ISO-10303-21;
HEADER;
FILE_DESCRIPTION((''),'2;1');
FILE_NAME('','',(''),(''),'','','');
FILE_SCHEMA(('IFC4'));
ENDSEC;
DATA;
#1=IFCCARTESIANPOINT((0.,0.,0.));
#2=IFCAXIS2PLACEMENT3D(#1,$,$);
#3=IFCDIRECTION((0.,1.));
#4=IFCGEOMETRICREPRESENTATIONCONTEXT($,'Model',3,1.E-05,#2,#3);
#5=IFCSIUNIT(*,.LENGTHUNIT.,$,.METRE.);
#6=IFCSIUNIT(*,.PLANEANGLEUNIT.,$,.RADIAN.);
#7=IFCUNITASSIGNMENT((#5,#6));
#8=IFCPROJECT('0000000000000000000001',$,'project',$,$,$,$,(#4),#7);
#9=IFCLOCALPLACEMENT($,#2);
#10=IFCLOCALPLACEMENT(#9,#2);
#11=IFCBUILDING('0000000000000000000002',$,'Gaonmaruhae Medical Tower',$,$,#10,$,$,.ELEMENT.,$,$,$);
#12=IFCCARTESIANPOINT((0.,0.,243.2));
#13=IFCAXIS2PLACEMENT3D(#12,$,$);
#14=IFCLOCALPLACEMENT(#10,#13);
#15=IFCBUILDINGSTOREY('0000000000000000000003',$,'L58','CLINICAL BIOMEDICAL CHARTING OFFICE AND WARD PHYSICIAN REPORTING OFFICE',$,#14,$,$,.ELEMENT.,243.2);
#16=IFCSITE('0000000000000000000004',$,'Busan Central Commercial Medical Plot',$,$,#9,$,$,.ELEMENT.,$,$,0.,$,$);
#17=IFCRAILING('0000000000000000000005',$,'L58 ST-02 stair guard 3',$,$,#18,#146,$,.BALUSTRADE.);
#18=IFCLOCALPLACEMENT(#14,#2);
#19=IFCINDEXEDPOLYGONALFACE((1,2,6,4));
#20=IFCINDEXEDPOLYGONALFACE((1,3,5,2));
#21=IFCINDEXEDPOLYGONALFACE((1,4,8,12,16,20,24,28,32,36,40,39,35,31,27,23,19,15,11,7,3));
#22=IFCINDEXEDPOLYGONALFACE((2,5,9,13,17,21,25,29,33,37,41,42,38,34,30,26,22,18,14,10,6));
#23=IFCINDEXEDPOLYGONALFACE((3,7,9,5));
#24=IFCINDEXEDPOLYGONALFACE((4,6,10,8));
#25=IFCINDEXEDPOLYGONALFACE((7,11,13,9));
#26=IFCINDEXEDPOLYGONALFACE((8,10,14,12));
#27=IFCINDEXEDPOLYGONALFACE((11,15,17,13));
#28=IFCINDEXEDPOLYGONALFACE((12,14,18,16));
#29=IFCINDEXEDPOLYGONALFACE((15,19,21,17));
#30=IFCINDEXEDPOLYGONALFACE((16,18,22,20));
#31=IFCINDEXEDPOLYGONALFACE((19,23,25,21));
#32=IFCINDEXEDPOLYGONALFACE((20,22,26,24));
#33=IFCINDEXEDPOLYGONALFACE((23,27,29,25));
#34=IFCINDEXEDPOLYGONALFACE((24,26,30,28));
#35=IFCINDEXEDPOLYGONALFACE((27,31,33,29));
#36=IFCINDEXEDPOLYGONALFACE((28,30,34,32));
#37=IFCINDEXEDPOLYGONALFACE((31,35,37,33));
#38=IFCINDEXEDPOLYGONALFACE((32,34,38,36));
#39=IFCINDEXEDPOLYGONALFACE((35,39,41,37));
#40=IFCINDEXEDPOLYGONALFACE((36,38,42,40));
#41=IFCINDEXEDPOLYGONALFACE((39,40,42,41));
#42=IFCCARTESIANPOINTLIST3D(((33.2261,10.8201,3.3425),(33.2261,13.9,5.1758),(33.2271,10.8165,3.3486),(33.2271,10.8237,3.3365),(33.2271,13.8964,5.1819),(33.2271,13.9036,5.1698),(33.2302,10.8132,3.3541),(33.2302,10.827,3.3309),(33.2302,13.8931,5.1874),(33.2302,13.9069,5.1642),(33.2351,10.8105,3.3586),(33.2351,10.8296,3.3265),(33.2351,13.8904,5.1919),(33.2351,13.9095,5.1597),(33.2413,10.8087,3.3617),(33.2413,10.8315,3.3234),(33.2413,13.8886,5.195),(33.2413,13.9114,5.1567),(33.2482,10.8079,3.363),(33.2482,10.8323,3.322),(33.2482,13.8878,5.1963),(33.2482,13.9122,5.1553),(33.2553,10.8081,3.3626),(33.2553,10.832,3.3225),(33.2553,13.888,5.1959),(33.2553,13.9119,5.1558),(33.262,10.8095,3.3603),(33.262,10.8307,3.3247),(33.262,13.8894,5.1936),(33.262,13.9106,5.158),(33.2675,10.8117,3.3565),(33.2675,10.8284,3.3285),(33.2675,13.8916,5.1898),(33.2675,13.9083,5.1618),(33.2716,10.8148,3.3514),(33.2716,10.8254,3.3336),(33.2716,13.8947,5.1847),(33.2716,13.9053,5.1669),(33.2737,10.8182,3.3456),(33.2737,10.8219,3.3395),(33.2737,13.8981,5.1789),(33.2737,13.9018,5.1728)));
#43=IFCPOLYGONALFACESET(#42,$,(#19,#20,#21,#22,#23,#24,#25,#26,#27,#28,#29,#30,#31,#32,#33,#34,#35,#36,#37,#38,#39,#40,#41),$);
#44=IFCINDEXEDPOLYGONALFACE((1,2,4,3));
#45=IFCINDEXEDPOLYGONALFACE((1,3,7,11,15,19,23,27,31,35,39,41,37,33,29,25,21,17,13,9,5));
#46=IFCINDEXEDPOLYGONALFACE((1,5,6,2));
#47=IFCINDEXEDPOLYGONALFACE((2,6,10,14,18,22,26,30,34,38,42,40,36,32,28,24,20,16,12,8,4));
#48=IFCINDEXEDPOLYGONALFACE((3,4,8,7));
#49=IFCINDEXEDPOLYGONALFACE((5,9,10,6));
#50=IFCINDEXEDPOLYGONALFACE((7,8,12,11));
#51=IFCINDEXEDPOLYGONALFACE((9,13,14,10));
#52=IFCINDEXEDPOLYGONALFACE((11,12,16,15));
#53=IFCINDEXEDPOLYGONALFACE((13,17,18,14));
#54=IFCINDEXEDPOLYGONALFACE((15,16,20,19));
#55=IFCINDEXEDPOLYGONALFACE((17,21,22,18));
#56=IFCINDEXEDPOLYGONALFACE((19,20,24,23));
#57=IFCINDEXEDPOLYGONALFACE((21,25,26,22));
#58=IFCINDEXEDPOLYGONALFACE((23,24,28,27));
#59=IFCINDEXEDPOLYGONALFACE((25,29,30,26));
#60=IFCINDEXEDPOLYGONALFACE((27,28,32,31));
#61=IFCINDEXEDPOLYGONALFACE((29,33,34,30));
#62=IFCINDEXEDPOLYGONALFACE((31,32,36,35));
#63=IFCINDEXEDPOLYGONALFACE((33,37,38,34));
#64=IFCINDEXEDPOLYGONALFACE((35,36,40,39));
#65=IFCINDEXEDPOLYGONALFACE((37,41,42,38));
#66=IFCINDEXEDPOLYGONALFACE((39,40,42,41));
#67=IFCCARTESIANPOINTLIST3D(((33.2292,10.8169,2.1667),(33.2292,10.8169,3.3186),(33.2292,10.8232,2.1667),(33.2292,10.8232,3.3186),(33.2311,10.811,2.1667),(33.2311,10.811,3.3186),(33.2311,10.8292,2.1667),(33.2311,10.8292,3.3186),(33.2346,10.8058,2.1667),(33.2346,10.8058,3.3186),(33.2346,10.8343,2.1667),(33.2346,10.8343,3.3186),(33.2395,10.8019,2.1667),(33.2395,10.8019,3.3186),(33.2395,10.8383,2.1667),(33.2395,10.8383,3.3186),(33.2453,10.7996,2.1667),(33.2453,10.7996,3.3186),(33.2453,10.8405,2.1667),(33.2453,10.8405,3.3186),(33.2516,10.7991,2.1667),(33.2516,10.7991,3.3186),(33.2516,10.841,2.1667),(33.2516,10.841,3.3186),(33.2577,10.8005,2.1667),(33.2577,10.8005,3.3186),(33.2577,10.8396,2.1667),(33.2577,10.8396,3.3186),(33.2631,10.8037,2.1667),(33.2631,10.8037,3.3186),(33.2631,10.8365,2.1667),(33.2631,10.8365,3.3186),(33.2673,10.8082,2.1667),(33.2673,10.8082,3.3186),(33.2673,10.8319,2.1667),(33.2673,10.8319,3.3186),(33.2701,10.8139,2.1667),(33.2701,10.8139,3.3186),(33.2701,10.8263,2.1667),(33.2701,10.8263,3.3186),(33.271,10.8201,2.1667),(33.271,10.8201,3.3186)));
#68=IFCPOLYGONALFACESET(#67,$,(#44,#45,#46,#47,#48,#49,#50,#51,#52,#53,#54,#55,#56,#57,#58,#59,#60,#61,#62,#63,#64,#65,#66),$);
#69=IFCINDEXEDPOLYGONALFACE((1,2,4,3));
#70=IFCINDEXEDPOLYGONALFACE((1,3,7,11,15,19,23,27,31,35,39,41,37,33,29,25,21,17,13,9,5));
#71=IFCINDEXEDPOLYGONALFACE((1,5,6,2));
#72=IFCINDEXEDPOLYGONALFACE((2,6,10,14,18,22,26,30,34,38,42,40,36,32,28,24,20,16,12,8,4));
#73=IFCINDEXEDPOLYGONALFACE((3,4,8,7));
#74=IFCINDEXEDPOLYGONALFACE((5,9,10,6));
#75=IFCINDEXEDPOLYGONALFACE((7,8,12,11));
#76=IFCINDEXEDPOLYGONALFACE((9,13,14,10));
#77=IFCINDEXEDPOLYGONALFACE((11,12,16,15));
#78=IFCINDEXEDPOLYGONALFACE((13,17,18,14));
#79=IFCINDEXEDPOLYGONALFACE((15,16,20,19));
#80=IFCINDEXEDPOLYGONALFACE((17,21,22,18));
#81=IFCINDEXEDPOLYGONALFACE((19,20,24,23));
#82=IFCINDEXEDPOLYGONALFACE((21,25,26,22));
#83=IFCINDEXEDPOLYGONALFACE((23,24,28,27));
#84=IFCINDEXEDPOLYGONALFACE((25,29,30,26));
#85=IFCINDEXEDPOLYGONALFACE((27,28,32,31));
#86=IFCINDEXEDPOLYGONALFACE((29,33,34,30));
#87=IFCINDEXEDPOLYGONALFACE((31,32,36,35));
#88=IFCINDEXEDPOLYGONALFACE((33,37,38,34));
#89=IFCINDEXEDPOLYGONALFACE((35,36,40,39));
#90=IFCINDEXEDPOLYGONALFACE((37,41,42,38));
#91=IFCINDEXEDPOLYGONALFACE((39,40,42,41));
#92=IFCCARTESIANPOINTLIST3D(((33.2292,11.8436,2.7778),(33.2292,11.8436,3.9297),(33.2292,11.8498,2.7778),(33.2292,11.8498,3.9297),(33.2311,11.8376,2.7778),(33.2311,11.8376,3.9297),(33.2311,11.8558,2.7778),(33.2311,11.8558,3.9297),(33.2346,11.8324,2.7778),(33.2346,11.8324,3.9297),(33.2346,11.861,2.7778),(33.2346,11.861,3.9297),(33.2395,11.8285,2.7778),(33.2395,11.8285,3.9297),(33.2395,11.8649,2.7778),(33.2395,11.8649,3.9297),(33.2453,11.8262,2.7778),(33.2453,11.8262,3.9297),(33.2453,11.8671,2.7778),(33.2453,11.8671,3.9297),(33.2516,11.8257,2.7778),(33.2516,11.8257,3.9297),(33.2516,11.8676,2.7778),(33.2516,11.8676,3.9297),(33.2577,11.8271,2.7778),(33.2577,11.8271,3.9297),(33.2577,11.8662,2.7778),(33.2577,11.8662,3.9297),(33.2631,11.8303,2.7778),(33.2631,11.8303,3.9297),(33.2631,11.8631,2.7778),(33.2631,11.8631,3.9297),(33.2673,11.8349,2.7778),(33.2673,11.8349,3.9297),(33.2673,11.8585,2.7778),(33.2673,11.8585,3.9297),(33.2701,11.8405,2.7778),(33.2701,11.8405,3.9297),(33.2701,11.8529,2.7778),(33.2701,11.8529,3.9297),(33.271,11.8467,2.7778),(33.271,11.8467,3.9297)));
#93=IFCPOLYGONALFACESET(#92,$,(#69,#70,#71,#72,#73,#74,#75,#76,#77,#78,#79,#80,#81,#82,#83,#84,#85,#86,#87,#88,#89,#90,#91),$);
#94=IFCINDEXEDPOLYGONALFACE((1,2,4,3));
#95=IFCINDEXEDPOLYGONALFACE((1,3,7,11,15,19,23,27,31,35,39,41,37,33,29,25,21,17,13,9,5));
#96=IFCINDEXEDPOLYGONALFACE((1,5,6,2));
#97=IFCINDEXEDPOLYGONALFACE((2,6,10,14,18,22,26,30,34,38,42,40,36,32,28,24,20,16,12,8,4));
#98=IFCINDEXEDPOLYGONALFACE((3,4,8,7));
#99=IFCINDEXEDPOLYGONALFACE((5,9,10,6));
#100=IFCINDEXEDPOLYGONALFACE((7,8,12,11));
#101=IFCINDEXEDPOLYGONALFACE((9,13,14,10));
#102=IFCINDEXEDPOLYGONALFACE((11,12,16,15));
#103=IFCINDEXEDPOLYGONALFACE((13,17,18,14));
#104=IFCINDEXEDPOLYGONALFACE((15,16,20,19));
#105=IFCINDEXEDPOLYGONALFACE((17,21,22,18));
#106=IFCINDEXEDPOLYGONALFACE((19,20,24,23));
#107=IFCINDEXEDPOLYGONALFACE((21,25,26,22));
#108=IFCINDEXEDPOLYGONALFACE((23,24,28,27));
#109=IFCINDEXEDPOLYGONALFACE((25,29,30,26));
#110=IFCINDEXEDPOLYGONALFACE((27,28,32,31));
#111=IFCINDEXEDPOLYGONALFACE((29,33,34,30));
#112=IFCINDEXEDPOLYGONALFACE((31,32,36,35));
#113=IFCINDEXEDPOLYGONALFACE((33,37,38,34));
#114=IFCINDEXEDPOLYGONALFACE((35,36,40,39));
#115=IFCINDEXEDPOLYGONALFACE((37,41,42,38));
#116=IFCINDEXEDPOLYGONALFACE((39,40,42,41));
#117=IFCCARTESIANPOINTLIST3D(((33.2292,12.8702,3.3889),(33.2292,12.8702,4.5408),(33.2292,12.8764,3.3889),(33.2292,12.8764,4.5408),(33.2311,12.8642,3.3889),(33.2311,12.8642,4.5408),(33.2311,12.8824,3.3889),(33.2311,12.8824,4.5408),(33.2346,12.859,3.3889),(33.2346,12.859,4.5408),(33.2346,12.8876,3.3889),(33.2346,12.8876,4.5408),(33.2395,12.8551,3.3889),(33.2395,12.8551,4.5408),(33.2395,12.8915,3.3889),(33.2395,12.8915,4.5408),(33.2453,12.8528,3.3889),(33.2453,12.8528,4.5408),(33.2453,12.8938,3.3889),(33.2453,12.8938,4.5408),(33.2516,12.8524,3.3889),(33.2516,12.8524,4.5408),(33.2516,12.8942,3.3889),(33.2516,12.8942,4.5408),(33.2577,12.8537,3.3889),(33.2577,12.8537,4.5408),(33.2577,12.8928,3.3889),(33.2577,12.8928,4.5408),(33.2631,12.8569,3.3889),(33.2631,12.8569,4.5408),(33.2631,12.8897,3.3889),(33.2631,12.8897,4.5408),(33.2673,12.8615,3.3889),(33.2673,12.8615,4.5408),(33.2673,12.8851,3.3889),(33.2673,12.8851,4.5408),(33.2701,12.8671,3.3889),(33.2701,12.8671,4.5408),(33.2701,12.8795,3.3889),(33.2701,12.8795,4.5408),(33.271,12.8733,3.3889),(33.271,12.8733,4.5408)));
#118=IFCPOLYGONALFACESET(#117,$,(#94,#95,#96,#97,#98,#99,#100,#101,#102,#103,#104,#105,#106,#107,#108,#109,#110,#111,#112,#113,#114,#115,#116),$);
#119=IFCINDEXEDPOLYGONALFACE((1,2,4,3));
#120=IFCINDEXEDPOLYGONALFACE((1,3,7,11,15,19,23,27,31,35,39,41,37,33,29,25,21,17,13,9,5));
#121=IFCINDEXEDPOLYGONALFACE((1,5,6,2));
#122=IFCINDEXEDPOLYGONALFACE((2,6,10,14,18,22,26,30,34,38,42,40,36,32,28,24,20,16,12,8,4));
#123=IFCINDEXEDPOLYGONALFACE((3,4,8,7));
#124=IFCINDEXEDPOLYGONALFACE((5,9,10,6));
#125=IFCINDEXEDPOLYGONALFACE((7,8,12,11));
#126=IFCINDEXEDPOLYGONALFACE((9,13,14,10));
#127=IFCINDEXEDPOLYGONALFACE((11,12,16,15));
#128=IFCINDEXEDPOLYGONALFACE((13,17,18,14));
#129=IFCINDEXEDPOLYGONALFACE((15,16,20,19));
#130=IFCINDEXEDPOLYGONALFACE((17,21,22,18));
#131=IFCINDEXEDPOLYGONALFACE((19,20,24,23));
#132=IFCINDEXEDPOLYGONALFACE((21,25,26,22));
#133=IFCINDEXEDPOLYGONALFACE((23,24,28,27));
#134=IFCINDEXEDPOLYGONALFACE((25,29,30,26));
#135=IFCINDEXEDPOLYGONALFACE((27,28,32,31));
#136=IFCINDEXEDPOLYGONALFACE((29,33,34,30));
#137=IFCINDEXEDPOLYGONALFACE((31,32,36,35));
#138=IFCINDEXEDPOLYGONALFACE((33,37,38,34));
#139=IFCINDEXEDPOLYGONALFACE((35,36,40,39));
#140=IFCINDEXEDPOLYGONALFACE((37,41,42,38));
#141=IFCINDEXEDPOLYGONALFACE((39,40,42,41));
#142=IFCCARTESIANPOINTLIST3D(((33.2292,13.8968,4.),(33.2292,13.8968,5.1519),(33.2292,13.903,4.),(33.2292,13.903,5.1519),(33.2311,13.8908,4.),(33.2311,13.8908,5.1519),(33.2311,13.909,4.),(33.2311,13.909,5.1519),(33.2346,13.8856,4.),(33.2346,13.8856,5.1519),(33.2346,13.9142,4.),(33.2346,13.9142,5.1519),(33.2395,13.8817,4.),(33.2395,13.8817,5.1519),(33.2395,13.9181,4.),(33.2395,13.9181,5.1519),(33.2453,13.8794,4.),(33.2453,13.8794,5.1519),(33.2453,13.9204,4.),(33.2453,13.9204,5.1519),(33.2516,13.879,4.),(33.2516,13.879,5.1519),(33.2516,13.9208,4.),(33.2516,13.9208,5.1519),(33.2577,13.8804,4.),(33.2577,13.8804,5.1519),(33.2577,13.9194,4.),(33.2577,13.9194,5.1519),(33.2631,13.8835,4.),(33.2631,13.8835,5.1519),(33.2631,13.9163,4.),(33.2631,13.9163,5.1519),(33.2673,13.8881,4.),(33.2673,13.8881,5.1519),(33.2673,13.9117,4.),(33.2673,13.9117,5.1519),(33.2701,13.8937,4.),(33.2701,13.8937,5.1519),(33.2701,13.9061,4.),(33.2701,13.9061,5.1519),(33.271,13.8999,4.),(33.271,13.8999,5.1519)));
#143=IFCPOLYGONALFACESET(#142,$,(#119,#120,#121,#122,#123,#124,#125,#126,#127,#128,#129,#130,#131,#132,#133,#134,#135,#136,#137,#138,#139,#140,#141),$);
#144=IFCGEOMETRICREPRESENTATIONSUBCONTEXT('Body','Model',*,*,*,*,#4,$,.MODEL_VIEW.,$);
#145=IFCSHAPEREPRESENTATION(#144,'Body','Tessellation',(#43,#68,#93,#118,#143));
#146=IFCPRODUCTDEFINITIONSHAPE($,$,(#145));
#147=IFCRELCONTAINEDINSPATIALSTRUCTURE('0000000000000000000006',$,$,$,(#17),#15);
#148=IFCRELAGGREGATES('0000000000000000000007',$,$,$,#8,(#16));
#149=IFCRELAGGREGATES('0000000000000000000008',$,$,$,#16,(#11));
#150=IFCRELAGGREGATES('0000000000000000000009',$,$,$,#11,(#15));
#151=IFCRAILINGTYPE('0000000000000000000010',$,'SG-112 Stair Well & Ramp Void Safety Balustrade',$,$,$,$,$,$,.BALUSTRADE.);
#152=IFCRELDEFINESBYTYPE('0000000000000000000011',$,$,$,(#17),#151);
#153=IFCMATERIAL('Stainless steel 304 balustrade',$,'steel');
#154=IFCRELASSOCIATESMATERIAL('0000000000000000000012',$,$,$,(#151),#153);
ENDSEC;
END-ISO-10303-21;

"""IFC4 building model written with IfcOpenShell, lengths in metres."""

from ifc_helpers import new_model, si_unit, direction, frame, origin, origin_2d, place, context, subcontext, project, spatial, circle, extrude, material, type_object, element, save


model = new_model("IFC4")

# Units and contexts
model_context = context("Model", 3, precision=1e-05, world=origin(), true_north=direction((0.0, 1.0)))
body_context = subcontext(model_context, "Body", "Model", "MODEL_VIEW")
ifc_project = project(units=[si_unit("LENGTHUNIT", "METRE"), si_unit("PLANEANGLEUNIT", "RADIAN")], contexts=[model_context])

# Site, building, storey
site_placement = place(None, origin())
site = spatial("IfcSite", under=ifc_project, at=site_placement, Name="Busan Central Commercial Medical Plot", CompositionType="ELEMENT", RefElevation=0.0)
building_placement = place(site_placement, origin())
building = spatial("IfcBuilding", under=site, at=building_placement, Name="Gaonmaruhae Medical Tower", CompositionType="ELEMENT")
storey_placement = place(building_placement, frame((0.0, 0.0, 243.2)))
storey = spatial("IfcBuildingStorey", under=building, at=storey_placement, Name="L58", Description="CLINICAL BIOMEDICAL CHARTING OFFICE AND WARD PHYSICIAN REPORTING OFFICE", CompositionType="ELEMENT", Elevation=243.2)

# Railing
ifc_material_1 = material(Name="Stainless steel 304 balustrade", Category="steel")
railing_type_1 = type_object("IfcRailingType", Name="SG-112 Stair Well & Ramp Void Safety Balustrade", PredefinedType="BALUSTRADE", material=ifc_material_1)
railing_1_placement = place(storey_placement, frame((33.25, 10.8201, 2.1667)))
element("IfcRailing", 1, at=railing_1_placement, inside=storey, type_object=railing_type_1, Name="L58 ST-02 stair guard 3", PredefinedType="BALUSTRADE", context=body_context, shape_type="SweptSolid", body=[
    extrude(circle(Radius=0.0239, at=origin_2d()), frame((0.0, 0.0, 1.1758), z_axis=(0.0, 0.859291, 0.511487), x_axis=(-1.0, 0.0, 0.0)), (0.0, 0.0, 1.0), 3.5842),
    extrude(circle(Radius=0.021, at=origin_2d()), origin(), (0.0, 0.0, 1.0), 1.1519),
    extrude(circle(Radius=0.021, at=origin_2d()), frame((0.0, 1.0266, 0.6111)), (0.0, 0.0, 1.0), 1.1519),
    extrude(circle(Radius=0.021, at=origin_2d()), frame((0.0, 2.0532, 1.2222)), (0.0, 0.0, 1.0), 1.1519),
    extrude(circle(Radius=0.021, at=origin_2d()), frame((0.0, 3.0798, 1.8333)), (0.0, 0.0, 1.0), 1.1519),
])

save(model, "model.ifc")
